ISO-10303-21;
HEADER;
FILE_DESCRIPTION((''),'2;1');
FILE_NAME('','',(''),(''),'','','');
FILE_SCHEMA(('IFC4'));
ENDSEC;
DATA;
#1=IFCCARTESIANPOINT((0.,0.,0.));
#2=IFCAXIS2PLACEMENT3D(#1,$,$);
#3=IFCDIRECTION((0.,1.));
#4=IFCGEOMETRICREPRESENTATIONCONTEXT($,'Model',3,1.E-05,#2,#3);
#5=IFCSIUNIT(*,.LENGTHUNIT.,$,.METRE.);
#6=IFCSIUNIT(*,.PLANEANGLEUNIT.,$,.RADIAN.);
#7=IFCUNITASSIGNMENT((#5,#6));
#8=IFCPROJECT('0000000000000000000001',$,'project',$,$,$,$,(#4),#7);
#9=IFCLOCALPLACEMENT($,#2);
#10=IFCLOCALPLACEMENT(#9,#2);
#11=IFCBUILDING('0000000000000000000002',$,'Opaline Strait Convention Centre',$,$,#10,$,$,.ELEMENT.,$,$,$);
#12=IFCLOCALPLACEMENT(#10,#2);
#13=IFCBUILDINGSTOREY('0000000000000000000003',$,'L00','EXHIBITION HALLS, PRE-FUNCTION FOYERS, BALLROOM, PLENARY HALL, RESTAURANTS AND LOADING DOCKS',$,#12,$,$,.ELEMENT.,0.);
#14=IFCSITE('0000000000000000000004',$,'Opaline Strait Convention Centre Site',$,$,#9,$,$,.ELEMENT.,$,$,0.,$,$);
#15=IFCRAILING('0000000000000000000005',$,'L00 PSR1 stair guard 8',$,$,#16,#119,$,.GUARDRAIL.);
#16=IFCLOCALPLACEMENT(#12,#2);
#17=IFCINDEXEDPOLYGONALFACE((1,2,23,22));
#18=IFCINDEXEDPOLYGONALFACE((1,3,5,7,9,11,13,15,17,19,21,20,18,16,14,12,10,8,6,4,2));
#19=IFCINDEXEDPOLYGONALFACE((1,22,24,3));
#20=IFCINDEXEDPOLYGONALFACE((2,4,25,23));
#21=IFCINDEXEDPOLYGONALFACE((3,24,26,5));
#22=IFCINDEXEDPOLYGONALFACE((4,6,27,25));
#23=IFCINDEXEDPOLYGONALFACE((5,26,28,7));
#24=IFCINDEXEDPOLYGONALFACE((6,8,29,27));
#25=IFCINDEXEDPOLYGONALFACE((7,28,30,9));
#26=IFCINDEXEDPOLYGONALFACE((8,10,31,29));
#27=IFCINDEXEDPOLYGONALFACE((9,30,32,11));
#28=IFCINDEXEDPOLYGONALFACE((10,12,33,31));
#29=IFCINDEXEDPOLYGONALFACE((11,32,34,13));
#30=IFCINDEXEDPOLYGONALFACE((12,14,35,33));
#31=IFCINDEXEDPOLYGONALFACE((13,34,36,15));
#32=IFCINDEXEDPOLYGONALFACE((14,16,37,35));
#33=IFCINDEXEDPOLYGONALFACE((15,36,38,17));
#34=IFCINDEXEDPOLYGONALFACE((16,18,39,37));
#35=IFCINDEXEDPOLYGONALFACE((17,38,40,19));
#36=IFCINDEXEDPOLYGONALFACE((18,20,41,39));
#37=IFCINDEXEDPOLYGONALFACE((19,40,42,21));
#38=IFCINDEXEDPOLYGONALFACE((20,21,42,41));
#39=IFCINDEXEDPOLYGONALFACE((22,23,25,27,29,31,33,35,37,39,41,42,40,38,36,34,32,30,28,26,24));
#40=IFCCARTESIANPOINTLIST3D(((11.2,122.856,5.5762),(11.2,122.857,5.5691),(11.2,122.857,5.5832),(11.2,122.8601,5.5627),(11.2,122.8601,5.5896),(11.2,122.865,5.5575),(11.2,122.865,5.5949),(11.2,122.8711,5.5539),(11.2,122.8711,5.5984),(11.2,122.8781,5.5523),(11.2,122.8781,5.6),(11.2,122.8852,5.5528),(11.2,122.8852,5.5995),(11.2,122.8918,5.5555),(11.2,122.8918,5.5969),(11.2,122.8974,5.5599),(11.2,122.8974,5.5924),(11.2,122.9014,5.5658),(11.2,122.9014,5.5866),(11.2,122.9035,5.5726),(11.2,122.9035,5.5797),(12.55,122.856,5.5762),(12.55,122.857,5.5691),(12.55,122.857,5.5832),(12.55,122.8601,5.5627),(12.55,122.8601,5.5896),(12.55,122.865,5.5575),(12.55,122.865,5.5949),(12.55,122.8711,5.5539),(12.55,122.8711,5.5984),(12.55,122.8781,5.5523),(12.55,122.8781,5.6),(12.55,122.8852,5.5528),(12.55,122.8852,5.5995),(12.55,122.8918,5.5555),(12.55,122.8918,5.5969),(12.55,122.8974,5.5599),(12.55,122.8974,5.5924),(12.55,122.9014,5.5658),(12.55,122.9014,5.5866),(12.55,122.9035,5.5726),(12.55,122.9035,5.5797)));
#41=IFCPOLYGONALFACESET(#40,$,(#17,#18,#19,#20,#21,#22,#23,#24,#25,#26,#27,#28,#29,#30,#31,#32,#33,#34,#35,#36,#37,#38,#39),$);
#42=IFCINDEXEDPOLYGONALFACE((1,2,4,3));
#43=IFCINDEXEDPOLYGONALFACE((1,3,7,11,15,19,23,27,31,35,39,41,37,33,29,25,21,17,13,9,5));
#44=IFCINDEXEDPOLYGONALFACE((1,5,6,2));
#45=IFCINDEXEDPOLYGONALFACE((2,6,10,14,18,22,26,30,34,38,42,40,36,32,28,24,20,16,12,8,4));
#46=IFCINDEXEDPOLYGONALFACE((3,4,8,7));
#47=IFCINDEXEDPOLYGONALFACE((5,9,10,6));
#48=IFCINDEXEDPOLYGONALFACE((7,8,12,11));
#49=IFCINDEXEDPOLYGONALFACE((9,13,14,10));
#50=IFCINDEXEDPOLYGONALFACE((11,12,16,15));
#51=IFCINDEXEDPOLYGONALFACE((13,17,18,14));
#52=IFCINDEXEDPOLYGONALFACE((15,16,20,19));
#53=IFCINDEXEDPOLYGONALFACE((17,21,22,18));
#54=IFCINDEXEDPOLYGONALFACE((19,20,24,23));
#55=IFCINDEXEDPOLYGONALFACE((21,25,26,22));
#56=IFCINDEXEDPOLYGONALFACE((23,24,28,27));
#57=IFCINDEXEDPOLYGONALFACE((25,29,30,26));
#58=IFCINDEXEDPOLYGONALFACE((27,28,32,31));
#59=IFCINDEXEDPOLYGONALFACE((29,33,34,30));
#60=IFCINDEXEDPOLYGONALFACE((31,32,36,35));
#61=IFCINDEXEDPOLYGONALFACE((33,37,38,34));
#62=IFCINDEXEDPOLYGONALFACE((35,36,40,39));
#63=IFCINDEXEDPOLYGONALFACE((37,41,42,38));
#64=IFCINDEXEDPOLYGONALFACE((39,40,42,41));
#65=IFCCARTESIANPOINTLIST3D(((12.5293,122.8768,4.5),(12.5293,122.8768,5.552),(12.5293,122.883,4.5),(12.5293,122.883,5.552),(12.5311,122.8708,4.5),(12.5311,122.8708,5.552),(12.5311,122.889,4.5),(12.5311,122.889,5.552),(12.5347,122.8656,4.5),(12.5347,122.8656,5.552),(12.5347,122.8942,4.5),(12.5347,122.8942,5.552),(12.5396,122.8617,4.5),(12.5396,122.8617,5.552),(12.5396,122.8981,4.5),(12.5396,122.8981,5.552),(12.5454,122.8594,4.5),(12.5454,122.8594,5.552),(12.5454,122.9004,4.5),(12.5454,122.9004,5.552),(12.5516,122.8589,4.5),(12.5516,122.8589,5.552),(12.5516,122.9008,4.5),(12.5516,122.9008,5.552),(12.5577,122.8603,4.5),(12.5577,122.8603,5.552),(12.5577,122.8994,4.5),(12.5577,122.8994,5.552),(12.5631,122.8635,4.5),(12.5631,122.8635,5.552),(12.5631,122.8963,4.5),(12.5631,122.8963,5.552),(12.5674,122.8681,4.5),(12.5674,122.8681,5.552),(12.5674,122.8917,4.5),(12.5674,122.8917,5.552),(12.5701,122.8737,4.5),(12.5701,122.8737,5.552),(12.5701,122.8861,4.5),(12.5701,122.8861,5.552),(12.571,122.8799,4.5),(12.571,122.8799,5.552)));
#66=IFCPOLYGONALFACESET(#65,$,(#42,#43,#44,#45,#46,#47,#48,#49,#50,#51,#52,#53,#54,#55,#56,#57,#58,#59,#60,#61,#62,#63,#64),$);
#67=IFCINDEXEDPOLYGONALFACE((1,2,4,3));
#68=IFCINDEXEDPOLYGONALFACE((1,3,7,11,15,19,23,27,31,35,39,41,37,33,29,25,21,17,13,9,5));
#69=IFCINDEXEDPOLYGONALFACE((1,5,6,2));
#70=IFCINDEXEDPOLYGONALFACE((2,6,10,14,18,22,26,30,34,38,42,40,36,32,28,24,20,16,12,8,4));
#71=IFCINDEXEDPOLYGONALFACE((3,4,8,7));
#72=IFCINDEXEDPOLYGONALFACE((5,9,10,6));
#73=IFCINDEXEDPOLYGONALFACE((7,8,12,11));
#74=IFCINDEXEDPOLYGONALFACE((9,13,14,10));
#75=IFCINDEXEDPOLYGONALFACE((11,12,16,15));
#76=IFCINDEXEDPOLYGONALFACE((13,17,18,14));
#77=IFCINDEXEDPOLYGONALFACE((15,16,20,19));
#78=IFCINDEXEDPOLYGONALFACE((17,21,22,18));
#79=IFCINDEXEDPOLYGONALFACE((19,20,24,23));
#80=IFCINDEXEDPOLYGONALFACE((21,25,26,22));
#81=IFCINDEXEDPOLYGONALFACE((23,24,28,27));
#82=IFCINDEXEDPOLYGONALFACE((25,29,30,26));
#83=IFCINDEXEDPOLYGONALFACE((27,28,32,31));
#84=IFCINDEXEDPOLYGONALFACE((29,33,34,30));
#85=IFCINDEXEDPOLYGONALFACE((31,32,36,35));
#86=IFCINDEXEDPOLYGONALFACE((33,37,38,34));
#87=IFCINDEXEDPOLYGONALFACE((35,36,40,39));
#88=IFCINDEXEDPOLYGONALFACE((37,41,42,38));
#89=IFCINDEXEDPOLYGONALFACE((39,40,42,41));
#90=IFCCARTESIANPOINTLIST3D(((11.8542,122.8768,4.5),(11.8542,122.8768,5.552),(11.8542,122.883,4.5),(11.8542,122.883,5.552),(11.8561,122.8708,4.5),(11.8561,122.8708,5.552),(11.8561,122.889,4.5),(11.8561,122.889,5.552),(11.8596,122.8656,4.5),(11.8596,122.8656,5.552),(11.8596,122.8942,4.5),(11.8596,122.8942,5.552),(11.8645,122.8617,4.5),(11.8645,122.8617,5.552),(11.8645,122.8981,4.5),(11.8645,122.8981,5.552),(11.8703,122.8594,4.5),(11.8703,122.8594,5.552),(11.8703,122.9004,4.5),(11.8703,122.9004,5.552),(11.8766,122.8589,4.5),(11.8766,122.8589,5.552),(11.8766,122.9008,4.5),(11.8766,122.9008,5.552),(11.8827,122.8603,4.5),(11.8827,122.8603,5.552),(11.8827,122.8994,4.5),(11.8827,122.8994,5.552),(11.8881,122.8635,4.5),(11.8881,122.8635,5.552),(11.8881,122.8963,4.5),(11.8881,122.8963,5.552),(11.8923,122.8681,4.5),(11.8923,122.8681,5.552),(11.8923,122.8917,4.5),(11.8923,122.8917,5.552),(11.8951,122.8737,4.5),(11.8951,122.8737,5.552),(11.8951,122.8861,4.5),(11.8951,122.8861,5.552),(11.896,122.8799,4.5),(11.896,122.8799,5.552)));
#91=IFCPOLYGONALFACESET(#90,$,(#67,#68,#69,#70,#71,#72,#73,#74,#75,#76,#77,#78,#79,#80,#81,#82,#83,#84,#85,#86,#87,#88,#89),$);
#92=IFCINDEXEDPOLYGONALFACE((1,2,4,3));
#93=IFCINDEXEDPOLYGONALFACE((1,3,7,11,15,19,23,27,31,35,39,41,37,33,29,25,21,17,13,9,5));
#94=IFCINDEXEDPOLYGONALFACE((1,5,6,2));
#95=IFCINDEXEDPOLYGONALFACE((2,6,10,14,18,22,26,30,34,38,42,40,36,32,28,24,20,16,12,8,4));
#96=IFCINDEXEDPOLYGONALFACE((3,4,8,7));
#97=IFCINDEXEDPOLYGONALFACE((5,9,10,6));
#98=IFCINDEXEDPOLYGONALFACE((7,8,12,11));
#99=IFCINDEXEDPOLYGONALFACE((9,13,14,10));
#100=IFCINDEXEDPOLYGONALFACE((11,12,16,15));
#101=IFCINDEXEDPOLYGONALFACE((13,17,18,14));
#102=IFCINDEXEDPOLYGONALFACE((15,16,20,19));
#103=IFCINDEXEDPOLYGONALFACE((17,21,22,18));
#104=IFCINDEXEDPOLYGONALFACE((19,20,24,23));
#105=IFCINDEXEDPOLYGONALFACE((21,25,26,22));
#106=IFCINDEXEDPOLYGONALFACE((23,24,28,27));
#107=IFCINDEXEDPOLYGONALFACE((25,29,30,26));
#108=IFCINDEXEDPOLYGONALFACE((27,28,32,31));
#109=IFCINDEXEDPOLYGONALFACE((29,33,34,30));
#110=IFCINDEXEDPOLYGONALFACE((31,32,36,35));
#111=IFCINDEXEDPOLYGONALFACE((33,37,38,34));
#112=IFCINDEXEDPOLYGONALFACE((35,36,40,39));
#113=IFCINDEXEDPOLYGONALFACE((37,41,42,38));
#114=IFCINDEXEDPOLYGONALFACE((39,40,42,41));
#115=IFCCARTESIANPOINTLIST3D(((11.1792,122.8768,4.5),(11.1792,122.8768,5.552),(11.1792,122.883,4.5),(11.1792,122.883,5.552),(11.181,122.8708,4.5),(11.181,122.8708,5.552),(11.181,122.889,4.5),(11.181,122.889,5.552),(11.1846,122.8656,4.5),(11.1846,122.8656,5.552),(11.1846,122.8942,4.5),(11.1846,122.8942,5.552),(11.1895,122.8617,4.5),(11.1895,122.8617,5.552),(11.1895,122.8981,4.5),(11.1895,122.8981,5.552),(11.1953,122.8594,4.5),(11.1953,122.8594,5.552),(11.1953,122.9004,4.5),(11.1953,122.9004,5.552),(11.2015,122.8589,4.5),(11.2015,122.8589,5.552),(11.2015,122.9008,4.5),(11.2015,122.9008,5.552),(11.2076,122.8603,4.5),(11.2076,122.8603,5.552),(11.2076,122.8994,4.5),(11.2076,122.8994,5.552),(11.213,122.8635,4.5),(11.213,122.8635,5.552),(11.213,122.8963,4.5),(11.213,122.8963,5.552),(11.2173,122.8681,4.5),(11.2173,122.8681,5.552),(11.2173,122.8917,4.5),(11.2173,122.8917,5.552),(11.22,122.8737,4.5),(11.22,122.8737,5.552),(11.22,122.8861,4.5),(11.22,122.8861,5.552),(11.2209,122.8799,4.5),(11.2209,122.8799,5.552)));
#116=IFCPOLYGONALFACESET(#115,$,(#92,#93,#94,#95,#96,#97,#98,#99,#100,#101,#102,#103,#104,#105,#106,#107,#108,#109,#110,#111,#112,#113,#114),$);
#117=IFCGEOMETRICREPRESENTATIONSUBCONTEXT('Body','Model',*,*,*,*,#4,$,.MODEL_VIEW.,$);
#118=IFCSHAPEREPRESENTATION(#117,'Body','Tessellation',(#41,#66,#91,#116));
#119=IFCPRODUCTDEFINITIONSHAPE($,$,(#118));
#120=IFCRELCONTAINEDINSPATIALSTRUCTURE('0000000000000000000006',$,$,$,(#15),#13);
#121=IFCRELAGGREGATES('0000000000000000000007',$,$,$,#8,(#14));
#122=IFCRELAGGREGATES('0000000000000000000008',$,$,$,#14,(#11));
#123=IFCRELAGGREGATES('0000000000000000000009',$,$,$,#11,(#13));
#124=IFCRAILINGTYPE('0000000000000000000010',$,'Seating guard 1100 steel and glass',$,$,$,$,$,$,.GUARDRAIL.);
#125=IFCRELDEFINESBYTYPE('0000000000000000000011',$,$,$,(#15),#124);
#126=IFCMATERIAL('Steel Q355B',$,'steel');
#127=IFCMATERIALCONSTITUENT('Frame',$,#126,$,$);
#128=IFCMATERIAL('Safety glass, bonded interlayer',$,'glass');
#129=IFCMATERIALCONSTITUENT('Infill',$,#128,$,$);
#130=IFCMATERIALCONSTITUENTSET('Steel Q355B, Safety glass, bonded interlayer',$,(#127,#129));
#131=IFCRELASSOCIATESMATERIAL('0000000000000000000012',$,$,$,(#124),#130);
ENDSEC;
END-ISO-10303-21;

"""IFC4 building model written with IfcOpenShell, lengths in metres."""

from ifc_helpers import new_model, si_unit, direction, frame, origin, origin_2d, place, context, subcontext, project, spatial, circle, extrude, material, constituent, constituent_set, type_object, element, save


model = new_model("IFC4")

# Units and contexts
model_context = context("Model", 3, precision=1e-05, world=origin(), true_north=direction((0.0, 1.0)))
body_context = subcontext(model_context, "Body", "Model", "MODEL_VIEW")
ifc_project = project(units=[si_unit("LENGTHUNIT", "METRE"), si_unit("PLANEANGLEUNIT", "RADIAN")], contexts=[model_context])

# Site, building, storey
site_placement = place(None, origin())
site = spatial("IfcSite", under=ifc_project, at=site_placement, Name="Opaline Strait Convention Centre Site", CompositionType="ELEMENT", RefElevation=0.0)
building_placement = place(site_placement, origin())
building = spatial("IfcBuilding", under=site, at=building_placement, Name="Opaline Strait Convention Centre", CompositionType="ELEMENT")
storey_placement = place(building_placement, origin())
storey = spatial("IfcBuildingStorey", under=building, at=storey_placement, Name="L00", Description="EXHIBITION HALLS, PRE-FUNCTION FOYERS, BALLROOM, PLENARY HALL, RESTAURANTS AND LOADING DOCKS", CompositionType="ELEMENT", Elevation=0.0)

# Railing
ifc_material_1 = material(Name="Steel Q355B", Category="steel")
ifc_constituent_1 = constituent(ifc_material_1, Name="Frame")
ifc_material_2 = material(Name="Safety glass, bonded interlayer", Category="glass")
ifc_constituent_2 = constituent(ifc_material_2, Name="Infill")
ifc_constituent_set = constituent_set(constituents=[ifc_constituent_1, ifc_constituent_2], Name="Steel Q355B, Safety glass, bonded interlayer")
railing_type_1 = type_object("IfcRailingType", Name="Seating guard 1100 steel and glass", PredefinedType="GUARDRAIL", material=ifc_constituent_set)
railing_1_placement = place(storey_placement, frame((12.55, 122.8799, 4.5)))
element("IfcRailing", 1, at=railing_1_placement, inside=storey, type_object=railing_type_1, Name="L00 PSR1 stair guard 8", PredefinedType="GUARDRAIL", context=body_context, shape_type="SweptSolid", body=[
    extrude(circle(Radius=0.0239, at=origin_2d()), frame((0.0, 0.0, 1.0762), z_axis=(-1.0, 0.0, 0.0), x_axis=(0.0, -1.0, 0.0)), (0.0, 0.0, 1.0), 1.3501),
    extrude(circle(Radius=0.021, at=origin_2d()), origin(), (0.0, 0.0, 1.0), 1.052),
    extrude(circle(Radius=0.021, at=origin_2d()), frame((-0.675, 0.0, 0.0)), (0.0, 0.0, 1.0), 1.052),
    extrude(circle(Radius=0.021, at=origin_2d()), frame((-1.3501, 0.0, 0.0)), (0.0, 0.0, 1.0), 1.052),
])

save(model, "model.ifc")
